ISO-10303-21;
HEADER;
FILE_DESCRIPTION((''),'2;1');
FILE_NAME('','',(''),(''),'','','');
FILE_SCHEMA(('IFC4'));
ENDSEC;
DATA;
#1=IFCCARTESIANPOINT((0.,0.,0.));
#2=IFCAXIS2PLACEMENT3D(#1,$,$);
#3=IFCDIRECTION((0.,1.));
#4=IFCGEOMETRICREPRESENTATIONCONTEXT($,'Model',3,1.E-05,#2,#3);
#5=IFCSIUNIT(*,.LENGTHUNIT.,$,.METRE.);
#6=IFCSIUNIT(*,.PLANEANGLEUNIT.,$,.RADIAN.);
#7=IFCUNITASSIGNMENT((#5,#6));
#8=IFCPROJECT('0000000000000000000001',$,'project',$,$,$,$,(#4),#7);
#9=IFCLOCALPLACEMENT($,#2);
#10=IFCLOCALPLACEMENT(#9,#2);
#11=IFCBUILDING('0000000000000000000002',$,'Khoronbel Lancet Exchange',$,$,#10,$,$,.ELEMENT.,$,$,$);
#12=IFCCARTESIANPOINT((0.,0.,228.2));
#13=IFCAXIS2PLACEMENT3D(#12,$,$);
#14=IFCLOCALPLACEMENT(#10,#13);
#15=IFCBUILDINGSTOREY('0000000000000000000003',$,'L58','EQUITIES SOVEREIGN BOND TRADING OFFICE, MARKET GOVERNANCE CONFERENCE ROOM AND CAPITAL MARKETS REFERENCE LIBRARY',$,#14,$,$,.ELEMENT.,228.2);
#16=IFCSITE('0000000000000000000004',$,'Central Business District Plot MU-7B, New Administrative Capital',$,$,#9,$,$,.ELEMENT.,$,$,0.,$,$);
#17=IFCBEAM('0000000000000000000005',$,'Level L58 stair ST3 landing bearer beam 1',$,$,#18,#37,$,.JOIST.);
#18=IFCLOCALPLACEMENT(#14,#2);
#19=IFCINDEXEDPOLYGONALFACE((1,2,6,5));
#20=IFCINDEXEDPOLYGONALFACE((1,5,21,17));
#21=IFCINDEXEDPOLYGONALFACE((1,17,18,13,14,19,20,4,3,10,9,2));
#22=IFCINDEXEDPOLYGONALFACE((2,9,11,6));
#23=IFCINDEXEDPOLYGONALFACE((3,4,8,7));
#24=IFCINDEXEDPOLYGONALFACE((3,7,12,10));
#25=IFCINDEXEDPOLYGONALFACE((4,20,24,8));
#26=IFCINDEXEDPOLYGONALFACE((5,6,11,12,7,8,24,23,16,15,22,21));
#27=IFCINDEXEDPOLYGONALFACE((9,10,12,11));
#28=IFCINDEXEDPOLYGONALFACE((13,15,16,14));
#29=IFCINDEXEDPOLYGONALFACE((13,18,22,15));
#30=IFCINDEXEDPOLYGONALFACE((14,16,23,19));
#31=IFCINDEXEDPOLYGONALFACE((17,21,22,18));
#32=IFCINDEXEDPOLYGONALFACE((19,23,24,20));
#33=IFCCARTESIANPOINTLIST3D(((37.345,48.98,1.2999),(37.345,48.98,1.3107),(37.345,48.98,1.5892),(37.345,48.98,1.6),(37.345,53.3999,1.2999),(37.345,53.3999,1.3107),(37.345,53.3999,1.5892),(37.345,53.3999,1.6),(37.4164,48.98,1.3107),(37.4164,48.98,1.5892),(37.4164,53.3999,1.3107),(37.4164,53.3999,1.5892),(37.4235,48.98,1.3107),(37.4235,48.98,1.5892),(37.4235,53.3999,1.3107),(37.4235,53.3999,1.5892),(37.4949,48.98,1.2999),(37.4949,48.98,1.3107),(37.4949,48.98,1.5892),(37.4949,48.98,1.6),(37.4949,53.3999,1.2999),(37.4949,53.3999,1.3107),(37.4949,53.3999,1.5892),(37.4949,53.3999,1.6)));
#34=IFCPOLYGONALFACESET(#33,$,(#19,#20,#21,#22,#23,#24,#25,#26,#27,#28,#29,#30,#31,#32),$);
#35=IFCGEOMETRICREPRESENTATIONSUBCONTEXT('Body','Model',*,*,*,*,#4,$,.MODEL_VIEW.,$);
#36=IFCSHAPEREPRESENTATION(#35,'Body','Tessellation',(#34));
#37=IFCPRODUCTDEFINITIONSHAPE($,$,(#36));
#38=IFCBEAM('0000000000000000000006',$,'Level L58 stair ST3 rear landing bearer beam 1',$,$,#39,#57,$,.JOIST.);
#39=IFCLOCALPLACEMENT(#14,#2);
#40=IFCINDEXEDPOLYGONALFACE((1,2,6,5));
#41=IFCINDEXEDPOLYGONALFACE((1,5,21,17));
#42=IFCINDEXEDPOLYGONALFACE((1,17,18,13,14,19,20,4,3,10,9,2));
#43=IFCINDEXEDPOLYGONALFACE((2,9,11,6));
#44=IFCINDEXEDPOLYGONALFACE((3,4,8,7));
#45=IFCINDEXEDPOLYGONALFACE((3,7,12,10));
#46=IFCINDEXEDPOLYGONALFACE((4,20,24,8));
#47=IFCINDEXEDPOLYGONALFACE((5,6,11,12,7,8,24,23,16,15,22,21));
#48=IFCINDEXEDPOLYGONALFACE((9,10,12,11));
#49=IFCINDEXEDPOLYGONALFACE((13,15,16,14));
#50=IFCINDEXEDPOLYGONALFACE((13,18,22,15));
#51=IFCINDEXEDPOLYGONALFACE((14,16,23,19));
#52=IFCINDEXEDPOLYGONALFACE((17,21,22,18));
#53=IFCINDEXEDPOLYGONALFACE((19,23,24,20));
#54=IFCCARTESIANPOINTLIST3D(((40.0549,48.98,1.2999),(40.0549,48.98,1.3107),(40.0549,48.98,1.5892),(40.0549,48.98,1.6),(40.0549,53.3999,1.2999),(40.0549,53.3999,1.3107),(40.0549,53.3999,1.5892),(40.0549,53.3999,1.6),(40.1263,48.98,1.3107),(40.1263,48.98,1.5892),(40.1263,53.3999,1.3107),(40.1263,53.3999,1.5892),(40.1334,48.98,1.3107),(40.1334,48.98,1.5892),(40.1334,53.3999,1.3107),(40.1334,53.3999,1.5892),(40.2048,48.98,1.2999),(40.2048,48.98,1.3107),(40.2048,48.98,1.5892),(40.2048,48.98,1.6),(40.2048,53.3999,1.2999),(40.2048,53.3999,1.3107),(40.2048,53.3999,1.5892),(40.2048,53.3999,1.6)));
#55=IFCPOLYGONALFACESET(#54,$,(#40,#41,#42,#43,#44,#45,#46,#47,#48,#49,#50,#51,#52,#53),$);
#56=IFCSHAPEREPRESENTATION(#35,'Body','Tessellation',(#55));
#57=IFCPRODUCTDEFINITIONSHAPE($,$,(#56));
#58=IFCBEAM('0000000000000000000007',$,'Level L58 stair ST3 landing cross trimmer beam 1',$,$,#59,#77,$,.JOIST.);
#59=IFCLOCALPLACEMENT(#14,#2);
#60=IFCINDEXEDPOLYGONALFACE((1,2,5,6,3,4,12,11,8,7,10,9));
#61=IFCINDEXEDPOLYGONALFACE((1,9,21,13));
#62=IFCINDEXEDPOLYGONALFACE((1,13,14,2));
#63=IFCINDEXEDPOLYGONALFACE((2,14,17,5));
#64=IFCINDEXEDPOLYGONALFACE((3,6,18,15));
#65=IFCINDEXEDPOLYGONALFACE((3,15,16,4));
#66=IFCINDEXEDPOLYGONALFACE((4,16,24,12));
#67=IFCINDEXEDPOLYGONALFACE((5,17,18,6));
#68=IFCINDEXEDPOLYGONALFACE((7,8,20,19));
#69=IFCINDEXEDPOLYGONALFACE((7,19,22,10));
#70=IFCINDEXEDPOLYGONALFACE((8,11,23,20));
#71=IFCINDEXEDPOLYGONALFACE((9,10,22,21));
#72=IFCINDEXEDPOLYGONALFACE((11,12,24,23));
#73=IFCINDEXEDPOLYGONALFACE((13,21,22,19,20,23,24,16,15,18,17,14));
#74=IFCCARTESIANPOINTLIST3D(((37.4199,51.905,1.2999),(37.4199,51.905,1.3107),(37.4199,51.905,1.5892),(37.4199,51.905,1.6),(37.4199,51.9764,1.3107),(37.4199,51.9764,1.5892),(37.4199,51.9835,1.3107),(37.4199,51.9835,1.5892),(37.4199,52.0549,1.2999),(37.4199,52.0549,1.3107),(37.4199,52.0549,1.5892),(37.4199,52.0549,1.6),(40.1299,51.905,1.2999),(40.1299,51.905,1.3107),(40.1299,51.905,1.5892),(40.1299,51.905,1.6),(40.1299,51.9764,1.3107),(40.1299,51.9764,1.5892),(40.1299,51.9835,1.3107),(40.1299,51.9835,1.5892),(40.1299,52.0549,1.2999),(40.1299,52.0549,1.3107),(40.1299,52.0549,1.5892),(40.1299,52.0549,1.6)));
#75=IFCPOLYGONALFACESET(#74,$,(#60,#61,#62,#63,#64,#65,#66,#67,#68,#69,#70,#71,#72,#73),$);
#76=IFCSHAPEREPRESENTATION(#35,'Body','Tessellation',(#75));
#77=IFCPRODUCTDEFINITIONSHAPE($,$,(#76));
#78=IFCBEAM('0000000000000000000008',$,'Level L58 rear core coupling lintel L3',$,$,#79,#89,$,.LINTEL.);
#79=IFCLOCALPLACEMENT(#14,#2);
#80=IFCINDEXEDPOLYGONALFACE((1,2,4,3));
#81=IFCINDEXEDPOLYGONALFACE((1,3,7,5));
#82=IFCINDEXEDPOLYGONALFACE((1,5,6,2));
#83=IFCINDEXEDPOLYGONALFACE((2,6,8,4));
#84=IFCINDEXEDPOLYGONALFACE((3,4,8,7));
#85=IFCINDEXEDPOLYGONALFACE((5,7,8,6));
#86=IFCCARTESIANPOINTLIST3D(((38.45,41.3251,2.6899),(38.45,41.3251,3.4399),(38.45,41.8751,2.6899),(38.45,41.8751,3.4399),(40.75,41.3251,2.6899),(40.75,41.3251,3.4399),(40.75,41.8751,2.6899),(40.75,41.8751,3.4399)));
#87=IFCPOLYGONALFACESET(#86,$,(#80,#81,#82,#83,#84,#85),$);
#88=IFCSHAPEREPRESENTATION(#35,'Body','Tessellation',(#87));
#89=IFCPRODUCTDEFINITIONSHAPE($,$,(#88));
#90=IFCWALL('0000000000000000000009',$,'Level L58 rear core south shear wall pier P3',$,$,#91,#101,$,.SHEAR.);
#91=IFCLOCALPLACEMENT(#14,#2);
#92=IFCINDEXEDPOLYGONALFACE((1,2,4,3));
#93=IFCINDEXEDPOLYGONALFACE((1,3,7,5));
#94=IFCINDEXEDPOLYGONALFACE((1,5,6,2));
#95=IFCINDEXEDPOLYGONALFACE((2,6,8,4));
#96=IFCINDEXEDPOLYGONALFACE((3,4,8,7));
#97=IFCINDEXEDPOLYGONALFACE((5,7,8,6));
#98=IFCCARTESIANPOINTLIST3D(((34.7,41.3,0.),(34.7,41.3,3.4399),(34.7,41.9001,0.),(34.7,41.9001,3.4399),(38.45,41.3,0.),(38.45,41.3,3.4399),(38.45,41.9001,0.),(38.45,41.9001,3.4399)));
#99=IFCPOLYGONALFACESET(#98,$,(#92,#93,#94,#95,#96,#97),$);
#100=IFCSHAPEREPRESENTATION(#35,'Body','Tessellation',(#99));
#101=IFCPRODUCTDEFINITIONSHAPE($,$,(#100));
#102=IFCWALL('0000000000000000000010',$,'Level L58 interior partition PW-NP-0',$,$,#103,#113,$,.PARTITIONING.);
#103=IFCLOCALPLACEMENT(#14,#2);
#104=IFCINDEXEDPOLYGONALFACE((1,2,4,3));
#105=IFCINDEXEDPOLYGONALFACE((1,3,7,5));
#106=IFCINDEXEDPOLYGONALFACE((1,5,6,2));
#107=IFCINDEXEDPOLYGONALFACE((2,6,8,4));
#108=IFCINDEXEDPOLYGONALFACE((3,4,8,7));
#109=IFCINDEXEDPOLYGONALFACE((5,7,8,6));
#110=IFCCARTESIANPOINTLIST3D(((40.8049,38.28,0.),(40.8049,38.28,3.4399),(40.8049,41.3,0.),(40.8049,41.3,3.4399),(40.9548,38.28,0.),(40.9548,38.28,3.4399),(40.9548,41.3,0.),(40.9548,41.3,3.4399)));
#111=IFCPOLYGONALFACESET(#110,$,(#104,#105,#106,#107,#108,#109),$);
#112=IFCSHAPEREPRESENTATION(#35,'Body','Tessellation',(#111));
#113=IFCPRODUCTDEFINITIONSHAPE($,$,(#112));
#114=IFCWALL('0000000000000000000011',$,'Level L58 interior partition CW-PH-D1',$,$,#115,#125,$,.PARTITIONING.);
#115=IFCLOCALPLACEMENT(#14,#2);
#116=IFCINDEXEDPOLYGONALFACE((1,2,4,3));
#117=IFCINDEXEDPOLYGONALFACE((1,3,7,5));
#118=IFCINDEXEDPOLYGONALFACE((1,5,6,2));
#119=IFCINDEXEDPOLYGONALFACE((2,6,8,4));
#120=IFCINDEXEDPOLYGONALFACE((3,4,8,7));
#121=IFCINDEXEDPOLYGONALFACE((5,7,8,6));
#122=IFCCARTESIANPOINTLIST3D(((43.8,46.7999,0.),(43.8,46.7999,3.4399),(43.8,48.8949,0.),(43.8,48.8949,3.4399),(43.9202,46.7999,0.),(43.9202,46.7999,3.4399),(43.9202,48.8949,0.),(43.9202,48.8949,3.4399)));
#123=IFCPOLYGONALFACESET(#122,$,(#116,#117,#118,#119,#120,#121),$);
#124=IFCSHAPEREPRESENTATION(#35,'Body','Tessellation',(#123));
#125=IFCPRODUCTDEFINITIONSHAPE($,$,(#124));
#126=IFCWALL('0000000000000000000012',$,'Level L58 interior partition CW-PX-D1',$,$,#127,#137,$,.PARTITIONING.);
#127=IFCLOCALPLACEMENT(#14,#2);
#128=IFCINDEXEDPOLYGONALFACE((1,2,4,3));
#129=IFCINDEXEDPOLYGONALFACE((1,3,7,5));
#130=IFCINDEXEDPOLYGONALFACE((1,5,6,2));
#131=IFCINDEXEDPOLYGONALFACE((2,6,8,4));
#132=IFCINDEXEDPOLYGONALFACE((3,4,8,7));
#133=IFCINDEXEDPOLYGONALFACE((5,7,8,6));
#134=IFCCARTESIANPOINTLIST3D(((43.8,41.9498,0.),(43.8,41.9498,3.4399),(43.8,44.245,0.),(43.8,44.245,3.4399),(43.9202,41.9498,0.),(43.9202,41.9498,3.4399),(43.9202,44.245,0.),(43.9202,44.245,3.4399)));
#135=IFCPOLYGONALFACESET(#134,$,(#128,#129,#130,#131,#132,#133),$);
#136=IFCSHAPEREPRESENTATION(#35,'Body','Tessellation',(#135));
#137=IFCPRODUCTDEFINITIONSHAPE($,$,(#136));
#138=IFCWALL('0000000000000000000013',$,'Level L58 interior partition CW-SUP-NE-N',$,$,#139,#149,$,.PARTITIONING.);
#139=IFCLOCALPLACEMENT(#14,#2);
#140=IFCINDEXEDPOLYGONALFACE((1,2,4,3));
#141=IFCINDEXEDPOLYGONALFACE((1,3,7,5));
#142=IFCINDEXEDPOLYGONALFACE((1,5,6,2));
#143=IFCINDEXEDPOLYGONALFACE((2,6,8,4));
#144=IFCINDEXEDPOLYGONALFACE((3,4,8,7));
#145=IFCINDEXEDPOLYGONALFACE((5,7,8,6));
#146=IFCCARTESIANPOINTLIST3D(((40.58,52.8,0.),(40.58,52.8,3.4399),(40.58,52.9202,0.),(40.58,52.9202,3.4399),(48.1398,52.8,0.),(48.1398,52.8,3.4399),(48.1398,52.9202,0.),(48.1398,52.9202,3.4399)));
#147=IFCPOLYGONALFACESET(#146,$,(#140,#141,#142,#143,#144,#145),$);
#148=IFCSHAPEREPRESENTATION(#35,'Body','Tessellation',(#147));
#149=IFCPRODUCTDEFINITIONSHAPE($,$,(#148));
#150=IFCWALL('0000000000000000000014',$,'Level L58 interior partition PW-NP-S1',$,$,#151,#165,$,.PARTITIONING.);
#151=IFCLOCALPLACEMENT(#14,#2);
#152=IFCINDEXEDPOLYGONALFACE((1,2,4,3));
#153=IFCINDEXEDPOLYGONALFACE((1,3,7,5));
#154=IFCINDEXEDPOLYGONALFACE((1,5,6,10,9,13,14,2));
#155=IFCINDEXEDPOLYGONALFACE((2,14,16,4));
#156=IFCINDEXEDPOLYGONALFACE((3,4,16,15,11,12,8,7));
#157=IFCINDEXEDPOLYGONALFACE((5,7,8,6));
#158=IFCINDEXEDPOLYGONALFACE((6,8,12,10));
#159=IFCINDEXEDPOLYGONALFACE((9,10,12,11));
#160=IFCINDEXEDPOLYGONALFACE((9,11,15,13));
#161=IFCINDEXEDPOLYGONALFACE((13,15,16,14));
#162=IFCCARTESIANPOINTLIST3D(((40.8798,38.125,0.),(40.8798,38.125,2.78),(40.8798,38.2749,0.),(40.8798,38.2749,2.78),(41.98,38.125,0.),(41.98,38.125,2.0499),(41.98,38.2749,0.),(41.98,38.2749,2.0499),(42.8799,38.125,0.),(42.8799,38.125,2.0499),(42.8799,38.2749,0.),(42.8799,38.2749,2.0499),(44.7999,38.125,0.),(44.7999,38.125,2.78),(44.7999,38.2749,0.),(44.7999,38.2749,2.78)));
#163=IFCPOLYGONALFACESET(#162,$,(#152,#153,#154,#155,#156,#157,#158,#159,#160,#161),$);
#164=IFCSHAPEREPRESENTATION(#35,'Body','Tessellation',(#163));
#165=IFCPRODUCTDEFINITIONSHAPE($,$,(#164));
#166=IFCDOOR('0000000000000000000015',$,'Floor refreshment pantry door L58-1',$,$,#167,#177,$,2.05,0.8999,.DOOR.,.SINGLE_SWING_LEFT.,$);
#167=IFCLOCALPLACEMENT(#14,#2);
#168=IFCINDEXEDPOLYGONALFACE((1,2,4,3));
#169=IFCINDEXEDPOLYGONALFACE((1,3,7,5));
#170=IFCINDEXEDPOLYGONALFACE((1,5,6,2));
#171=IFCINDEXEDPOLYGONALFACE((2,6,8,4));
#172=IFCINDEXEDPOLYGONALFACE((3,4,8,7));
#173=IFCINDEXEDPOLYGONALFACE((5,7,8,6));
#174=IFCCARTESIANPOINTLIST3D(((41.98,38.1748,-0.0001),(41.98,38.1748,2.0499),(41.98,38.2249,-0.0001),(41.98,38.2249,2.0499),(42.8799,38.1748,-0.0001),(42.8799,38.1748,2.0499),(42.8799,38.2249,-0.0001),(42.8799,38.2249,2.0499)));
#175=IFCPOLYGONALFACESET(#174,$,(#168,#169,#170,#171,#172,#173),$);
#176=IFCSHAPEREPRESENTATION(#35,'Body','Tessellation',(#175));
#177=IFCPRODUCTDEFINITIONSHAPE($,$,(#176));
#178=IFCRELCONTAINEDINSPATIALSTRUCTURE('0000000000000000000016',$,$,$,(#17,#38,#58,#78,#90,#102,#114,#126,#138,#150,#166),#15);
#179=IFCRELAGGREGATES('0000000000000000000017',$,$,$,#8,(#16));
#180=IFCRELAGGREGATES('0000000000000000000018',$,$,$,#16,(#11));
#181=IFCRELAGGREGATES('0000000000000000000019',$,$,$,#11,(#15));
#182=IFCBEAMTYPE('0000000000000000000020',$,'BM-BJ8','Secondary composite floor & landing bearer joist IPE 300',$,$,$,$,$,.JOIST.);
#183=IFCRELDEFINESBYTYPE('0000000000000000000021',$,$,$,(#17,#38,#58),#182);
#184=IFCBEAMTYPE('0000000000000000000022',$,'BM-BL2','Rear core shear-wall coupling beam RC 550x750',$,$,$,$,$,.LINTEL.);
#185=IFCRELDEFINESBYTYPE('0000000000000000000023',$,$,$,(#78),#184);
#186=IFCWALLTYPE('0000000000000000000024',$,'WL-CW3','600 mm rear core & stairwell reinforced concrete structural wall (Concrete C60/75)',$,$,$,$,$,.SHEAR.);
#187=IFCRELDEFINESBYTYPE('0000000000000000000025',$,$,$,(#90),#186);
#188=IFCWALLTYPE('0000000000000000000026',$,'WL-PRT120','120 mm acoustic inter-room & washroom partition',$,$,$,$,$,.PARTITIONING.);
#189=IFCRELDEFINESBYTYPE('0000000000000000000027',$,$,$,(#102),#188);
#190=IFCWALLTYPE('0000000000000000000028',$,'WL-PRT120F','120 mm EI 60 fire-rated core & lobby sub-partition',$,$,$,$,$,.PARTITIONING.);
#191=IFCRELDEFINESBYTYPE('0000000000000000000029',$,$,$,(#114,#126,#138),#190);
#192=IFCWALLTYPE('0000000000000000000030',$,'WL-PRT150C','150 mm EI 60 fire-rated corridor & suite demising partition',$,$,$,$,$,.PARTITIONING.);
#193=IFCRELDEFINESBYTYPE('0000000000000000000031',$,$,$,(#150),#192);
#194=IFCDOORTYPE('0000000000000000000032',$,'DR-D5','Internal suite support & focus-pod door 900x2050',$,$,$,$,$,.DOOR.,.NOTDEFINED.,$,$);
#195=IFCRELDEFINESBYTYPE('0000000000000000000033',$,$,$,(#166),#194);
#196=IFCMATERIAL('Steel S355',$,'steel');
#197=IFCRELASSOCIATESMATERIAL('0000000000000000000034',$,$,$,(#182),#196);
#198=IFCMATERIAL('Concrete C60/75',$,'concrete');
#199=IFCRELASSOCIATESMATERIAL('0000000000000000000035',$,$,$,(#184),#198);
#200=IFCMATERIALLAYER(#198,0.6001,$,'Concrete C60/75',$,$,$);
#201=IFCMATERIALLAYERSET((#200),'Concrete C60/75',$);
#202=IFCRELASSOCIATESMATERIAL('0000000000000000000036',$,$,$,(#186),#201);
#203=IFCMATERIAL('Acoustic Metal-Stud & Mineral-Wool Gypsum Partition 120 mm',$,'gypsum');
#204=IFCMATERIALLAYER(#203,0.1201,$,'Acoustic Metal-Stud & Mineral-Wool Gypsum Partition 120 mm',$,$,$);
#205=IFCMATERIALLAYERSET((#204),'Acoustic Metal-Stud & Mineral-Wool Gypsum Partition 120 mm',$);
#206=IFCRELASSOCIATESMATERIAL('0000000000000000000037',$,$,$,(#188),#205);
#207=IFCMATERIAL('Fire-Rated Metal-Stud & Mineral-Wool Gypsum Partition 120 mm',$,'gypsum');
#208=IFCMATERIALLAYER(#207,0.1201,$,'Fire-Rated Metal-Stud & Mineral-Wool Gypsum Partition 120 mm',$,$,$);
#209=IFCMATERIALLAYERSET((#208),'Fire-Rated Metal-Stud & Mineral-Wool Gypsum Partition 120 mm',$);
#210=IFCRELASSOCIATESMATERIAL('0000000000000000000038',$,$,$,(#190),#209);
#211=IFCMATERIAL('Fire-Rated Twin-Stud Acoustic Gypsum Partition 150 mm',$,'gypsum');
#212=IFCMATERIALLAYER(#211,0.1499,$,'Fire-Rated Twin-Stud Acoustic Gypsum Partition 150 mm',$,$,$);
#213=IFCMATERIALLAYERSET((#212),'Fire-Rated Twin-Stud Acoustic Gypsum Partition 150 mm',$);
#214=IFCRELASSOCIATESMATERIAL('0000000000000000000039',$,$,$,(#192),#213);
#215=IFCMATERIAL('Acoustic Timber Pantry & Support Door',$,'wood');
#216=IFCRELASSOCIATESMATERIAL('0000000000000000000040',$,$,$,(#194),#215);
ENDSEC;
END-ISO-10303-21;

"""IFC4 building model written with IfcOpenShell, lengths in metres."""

from ifc_helpers import new_model, si_unit, direction, frame, frame_2d, origin, origin_2d, place, context, subcontext, project, spatial, rectangle, i_section, extrude, material, layer, layer_set, material_profile, profile_set, type_object, element, fill, save


model = new_model("IFC4")

# Units and contexts
model_context = context("Model", 3, precision=1e-05, world=origin(), true_north=direction((0.0, 1.0)))
body_context = subcontext(model_context, "Body", "Model", "MODEL_VIEW")
ifc_project = project(units=[si_unit("LENGTHUNIT", "METRE"), si_unit("PLANEANGLEUNIT", "RADIAN")], contexts=[model_context])

# Site, building, storey
site_placement = place(None, origin())
site = spatial("IfcSite", under=ifc_project, at=site_placement, Name="Central Business District Plot MU-7B, New Administrative Capital", CompositionType="ELEMENT", RefElevation=0.0)
building_placement = place(site_placement, origin())
building = spatial("IfcBuilding", under=site, at=building_placement, Name="Khoronbel Lancet Exchange", CompositionType="ELEMENT")
storey_placement = place(building_placement, frame((0.0, 0.0, 228.2)))
storey = spatial("IfcBuildingStorey", under=building, at=storey_placement, Name="L58", Description="EQUITIES SOVEREIGN BOND TRADING OFFICE, MARKET GOVERNANCE CONFERENCE ROOM AND CAPITAL MARKETS REFERENCE LIBRARY", CompositionType="ELEMENT", Elevation=228.2)

# Beams
ifc_material_1 = material(Name="Steel S355", Category="steel")
ifc_material_profile_1 = material_profile(ifc_material_1, i_section(OverallWidth=0.1499, OverallDepth=0.3, WebThickness=0.0071, FlangeThickness=0.0107, at=origin_2d()), Name="IPE 300")
ifc_profile_set_1 = profile_set([ifc_material_profile_1], Name="Steel S355")
beam_type_1 = type_object("IfcBeamType", Name="BM-BJ8", Description="Secondary composite floor & landing bearer joist IPE 300", PredefinedType="JOIST", material=ifc_profile_set_1)
for number, where, z_axis, x_axis, name in (
    (1, (37.4199, 48.98, 1.45), (0.0, 1.0, 0.0), (-1.0, 0.0, 0.0), "Level L58 stair ST3 landing bearer beam 1"),
    (2, (40.1299, 48.98, 1.45), (0.0, 1.0, 0.0), (-1.0, 0.0, 0.0), "Level L58 stair ST3 rear landing bearer beam 1"),
):
    element("IfcBeam", number, at=place(storey_placement, frame(where, z_axis=z_axis, x_axis=x_axis)), inside=storey, type_object=beam_type_1, Name=name, PredefinedType="JOIST", context=body_context, shape_type="SweptSolid", body=[
        extrude(i_section(OverallWidth=0.1499, OverallDepth=0.3, WebThickness=0.0071, FlangeThickness=0.0107, at=origin_2d()), origin(), (0.0, 0.0, 1.0), 4.4199),
    ])
beam_1_placement = place(storey_placement, frame((37.4199, 51.98, 1.45), z_axis=(1.0, 0.0, 0.0), x_axis=(0.0, 1.0, 0.0)))
element("IfcBeam", 3, at=beam_1_placement, inside=storey, type_object=beam_type_1, Name="Level L58 stair ST3 landing cross trimmer beam 1", PredefinedType="JOIST", context=body_context, shape_type="SweptSolid", body=[
    extrude(i_section(OverallWidth=0.1499, OverallDepth=0.3, WebThickness=0.0071, FlangeThickness=0.0107, at=origin_2d()), origin(), (0.0, 0.0, 1.0), 2.71),
])
ifc_material_2 = material(Name="Concrete C60/75", Category="concrete")
ifc_material_profile_2 = material_profile(ifc_material_2, rectangle(XDim=0.55, YDim=0.75, at=origin_2d()), Name="RC 550x750")
ifc_profile_set_2 = profile_set([ifc_material_profile_2], Name="Concrete C60/75")
beam_type_2 = type_object("IfcBeamType", Name="BM-BL2", Description="Rear core shear-wall coupling beam RC 550x750", PredefinedType="LINTEL", material=ifc_profile_set_2)
beam_2_placement = place(storey_placement, frame((38.45, 41.6001, 3.0649), z_axis=(1.0, 0.0, 0.0), x_axis=(0.0, 1.0, 0.0)))
element("IfcBeam", 4, at=beam_2_placement, inside=storey, type_object=beam_type_2, Name="Level L58 rear core coupling lintel L3", PredefinedType="LINTEL", context=body_context, shape_type="SweptSolid", body=[
    extrude(rectangle(XDim=0.55, YDim=0.75, at=origin_2d()), origin(), (0.0, 0.0, 1.0), 2.3),
])

# Walls
ifc_layer_1 = layer(ifc_material_2, 0.6001, Name="Concrete C60/75")
ifc_layer_set_1 = layer_set([ifc_layer_1], Name="Concrete C60/75")
wall_type_1 = type_object("IfcWallType", Name="WL-CW3", Description="600 mm rear core & stairwell reinforced concrete structural wall (Concrete C60/75)", PredefinedType="SHEAR", material=ifc_layer_set_1)
wall_1_placement = place(storey_placement, frame((38.45, 41.6001, 0.0), z_axis=(0.0, 0.0, 1.0), x_axis=(-1.0, 0.0, 0.0)))
element("IfcWall", 5, at=wall_1_placement, inside=storey, type_object=wall_type_1, Name="Level L58 rear core south shear wall pier P3", PredefinedType="SHEAR", context=body_context, shape_type="SweptSolid", body=[
    extrude(rectangle(XDim=3.75, YDim=0.6001, at=frame_2d((1.875, 0.0))), origin(), (0.0, 0.0, 1.0), 3.4399),
])
ifc_material_3 = material(Name="Acoustic Metal-Stud & Mineral-Wool Gypsum Partition 120 mm", Category="gypsum")
ifc_layer_2 = layer(ifc_material_3, 0.1201, Name="Acoustic Metal-Stud & Mineral-Wool Gypsum Partition 120 mm")
ifc_layer_set_2 = layer_set([ifc_layer_2], Name="Acoustic Metal-Stud & Mineral-Wool Gypsum Partition 120 mm")
wall_type_2 = type_object("IfcWallType", Name="WL-PRT120", Description="120 mm acoustic inter-room & washroom partition", PredefinedType="PARTITIONING", material=ifc_layer_set_2)
wall_2_placement = place(storey_placement, frame((40.8799, 38.28, 0.0), z_axis=(0.0, 0.0, 1.0), x_axis=(0.0, 1.0, 0.0)))
element("IfcWall", 6, at=wall_2_placement, inside=storey, type_object=wall_type_2, Name="Level L58 interior partition PW-NP-0", PredefinedType="PARTITIONING", context=body_context, shape_type="SweptSolid", body=[
    extrude(rectangle(XDim=3.02, YDim=0.1499, at=frame_2d((1.51, 0.0))), origin(), (0.0, 0.0, 1.0), 3.4399),
])
ifc_material_4 = material(Name="Fire-Rated Metal-Stud & Mineral-Wool Gypsum Partition 120 mm", Category="gypsum")
ifc_layer_3 = layer(ifc_material_4, 0.1201, Name="Fire-Rated Metal-Stud & Mineral-Wool Gypsum Partition 120 mm")
ifc_layer_set_3 = layer_set([ifc_layer_3], Name="Fire-Rated Metal-Stud & Mineral-Wool Gypsum Partition 120 mm")
wall_type_3 = type_object("IfcWallType", Name="WL-PRT120F", Description="120 mm EI 60 fire-rated core & lobby sub-partition", PredefinedType="PARTITIONING", material=ifc_layer_set_3)
wall_3_placement = place(storey_placement, frame((43.8601, 46.8, 0.0), z_axis=(0.0, 0.0, 1.0), x_axis=(0.0, 1.0, 0.0)))
element("IfcWall", 7, at=wall_3_placement, inside=storey, type_object=wall_type_3, Name="Level L58 interior partition CW-PH-D1", PredefinedType="PARTITIONING", context=body_context, shape_type="SweptSolid", body=[
    extrude(rectangle(XDim=2.095, YDim=0.1201, at=frame_2d((1.0474, 0.0))), origin(), (0.0, 0.0, 1.0), 3.4399),
])
wall_4_placement = place(storey_placement, frame((43.8601, 41.95, 0.0), z_axis=(0.0, 0.0, 1.0), x_axis=(0.0, 1.0, 0.0)))
element("IfcWall", 8, at=wall_4_placement, inside=storey, type_object=wall_type_3, Name="Level L58 interior partition CW-PX-D1", PredefinedType="PARTITIONING", context=body_context, shape_type="SweptSolid", body=[
    extrude(rectangle(XDim=2.2952, YDim=0.1201, at=frame_2d((1.1475, 0.0))), origin(), (0.0, 0.0, 1.0), 3.4399),
])
wall_5_placement = place(storey_placement, frame((40.5801, 52.8601, 0.0), z_axis=(0.0, 0.0, 1.0), x_axis=(1.0, 0.0, 0.0)))
element("IfcWall", 9, at=wall_5_placement, inside=storey, type_object=wall_type_3, Name="Level L58 interior partition CW-SUP-NE-N", PredefinedType="PARTITIONING", context=body_context, shape_type="SweptSolid", body=[
    extrude(rectangle(XDim=7.5598, YDim=0.1201, at=frame_2d((3.7798, 0.0))), origin(), (0.0, 0.0, 1.0), 3.4399),
])

# Wall, opening, door
ifc_material_5 = material(Name="Fire-Rated Twin-Stud Acoustic Gypsum Partition 150 mm", Category="gypsum")
ifc_layer_4 = layer(ifc_material_5, 0.1499, Name="Fire-Rated Twin-Stud Acoustic Gypsum Partition 150 mm")
ifc_layer_set_4 = layer_set([ifc_layer_4], Name="Fire-Rated Twin-Stud Acoustic Gypsum Partition 150 mm")
wall_type_4 = type_object("IfcWallType", Name="WL-PRT150C", Description="150 mm EI 60 fire-rated corridor & suite demising partition", PredefinedType="PARTITIONING", material=ifc_layer_set_4)
wall_6_placement = place(storey_placement, frame((40.8799, 38.2, 0.0), z_axis=(0.0, 0.0, 1.0), x_axis=(1.0, 0.0, 0.0)))
wall_6 = element("IfcWall", 10, at=wall_6_placement, inside=storey, type_object=wall_type_4, Name="Level L58 interior partition PW-NP-S1", PredefinedType="PARTITIONING", context=body_context, shape_type="SweptSolid", body=[
    extrude(rectangle(XDim=3.9202, YDim=0.1499, at=frame_2d((1.96, 0.0))), origin(), (0.0, 0.0, 1.0), 2.78),
])
opening_1_placement = place(wall_6_placement, frame((1.1001, 0.0, 0.0)))
opening_1 = element("IfcOpeningElement", 11, at=opening_1_placement, cuts=wall_6, PredefinedType="OPENING", context=body_context, shape_type="SweptSolid", body=[
    extrude(rectangle(XDim=0.8999, YDim=2.05, at=frame_2d((0.45, 1.0249))), frame((0.0, 0.085, 0.0), z_axis=(0.0, -1.0, 0.0), x_axis=(1.0, 0.0, 0.0)), (0.0, 0.0, 1.0), 0.1699),
])
ifc_material_6 = material(Name="Acoustic Timber Pantry & Support Door", Category="wood")
door_type_1 = type_object("IfcDoorType", Name="DR-D5", Description="Internal suite support & focus-pod door 900x2050", OperationType="NOTDEFINED", PredefinedType="DOOR", material=ifc_material_6)
door_1_placement = place(opening_1_placement, origin())
door_1 = element("IfcDoor", 12, at=door_1_placement, inside=storey, type_object=door_type_1, Name="Floor refreshment pantry door L58-1", OperationType="SINGLE_SWING_LEFT", OverallHeight=2.05, OverallWidth=0.8999, PredefinedType="DOOR", context=body_context, shape_type="SweptSolid", body=[
    extrude(rectangle(XDim=0.8999, YDim=2.05, at=frame_2d((0.45, 1.0249))), frame((0.0, 0.0249, 0.0), z_axis=(0.0, -1.0, 0.0), x_axis=(1.0, 0.0, 0.0)), (0.0, 0.0, 1.0), 0.05),
])
fill(opening_1, door_1)

save(model, "model.ifc")
